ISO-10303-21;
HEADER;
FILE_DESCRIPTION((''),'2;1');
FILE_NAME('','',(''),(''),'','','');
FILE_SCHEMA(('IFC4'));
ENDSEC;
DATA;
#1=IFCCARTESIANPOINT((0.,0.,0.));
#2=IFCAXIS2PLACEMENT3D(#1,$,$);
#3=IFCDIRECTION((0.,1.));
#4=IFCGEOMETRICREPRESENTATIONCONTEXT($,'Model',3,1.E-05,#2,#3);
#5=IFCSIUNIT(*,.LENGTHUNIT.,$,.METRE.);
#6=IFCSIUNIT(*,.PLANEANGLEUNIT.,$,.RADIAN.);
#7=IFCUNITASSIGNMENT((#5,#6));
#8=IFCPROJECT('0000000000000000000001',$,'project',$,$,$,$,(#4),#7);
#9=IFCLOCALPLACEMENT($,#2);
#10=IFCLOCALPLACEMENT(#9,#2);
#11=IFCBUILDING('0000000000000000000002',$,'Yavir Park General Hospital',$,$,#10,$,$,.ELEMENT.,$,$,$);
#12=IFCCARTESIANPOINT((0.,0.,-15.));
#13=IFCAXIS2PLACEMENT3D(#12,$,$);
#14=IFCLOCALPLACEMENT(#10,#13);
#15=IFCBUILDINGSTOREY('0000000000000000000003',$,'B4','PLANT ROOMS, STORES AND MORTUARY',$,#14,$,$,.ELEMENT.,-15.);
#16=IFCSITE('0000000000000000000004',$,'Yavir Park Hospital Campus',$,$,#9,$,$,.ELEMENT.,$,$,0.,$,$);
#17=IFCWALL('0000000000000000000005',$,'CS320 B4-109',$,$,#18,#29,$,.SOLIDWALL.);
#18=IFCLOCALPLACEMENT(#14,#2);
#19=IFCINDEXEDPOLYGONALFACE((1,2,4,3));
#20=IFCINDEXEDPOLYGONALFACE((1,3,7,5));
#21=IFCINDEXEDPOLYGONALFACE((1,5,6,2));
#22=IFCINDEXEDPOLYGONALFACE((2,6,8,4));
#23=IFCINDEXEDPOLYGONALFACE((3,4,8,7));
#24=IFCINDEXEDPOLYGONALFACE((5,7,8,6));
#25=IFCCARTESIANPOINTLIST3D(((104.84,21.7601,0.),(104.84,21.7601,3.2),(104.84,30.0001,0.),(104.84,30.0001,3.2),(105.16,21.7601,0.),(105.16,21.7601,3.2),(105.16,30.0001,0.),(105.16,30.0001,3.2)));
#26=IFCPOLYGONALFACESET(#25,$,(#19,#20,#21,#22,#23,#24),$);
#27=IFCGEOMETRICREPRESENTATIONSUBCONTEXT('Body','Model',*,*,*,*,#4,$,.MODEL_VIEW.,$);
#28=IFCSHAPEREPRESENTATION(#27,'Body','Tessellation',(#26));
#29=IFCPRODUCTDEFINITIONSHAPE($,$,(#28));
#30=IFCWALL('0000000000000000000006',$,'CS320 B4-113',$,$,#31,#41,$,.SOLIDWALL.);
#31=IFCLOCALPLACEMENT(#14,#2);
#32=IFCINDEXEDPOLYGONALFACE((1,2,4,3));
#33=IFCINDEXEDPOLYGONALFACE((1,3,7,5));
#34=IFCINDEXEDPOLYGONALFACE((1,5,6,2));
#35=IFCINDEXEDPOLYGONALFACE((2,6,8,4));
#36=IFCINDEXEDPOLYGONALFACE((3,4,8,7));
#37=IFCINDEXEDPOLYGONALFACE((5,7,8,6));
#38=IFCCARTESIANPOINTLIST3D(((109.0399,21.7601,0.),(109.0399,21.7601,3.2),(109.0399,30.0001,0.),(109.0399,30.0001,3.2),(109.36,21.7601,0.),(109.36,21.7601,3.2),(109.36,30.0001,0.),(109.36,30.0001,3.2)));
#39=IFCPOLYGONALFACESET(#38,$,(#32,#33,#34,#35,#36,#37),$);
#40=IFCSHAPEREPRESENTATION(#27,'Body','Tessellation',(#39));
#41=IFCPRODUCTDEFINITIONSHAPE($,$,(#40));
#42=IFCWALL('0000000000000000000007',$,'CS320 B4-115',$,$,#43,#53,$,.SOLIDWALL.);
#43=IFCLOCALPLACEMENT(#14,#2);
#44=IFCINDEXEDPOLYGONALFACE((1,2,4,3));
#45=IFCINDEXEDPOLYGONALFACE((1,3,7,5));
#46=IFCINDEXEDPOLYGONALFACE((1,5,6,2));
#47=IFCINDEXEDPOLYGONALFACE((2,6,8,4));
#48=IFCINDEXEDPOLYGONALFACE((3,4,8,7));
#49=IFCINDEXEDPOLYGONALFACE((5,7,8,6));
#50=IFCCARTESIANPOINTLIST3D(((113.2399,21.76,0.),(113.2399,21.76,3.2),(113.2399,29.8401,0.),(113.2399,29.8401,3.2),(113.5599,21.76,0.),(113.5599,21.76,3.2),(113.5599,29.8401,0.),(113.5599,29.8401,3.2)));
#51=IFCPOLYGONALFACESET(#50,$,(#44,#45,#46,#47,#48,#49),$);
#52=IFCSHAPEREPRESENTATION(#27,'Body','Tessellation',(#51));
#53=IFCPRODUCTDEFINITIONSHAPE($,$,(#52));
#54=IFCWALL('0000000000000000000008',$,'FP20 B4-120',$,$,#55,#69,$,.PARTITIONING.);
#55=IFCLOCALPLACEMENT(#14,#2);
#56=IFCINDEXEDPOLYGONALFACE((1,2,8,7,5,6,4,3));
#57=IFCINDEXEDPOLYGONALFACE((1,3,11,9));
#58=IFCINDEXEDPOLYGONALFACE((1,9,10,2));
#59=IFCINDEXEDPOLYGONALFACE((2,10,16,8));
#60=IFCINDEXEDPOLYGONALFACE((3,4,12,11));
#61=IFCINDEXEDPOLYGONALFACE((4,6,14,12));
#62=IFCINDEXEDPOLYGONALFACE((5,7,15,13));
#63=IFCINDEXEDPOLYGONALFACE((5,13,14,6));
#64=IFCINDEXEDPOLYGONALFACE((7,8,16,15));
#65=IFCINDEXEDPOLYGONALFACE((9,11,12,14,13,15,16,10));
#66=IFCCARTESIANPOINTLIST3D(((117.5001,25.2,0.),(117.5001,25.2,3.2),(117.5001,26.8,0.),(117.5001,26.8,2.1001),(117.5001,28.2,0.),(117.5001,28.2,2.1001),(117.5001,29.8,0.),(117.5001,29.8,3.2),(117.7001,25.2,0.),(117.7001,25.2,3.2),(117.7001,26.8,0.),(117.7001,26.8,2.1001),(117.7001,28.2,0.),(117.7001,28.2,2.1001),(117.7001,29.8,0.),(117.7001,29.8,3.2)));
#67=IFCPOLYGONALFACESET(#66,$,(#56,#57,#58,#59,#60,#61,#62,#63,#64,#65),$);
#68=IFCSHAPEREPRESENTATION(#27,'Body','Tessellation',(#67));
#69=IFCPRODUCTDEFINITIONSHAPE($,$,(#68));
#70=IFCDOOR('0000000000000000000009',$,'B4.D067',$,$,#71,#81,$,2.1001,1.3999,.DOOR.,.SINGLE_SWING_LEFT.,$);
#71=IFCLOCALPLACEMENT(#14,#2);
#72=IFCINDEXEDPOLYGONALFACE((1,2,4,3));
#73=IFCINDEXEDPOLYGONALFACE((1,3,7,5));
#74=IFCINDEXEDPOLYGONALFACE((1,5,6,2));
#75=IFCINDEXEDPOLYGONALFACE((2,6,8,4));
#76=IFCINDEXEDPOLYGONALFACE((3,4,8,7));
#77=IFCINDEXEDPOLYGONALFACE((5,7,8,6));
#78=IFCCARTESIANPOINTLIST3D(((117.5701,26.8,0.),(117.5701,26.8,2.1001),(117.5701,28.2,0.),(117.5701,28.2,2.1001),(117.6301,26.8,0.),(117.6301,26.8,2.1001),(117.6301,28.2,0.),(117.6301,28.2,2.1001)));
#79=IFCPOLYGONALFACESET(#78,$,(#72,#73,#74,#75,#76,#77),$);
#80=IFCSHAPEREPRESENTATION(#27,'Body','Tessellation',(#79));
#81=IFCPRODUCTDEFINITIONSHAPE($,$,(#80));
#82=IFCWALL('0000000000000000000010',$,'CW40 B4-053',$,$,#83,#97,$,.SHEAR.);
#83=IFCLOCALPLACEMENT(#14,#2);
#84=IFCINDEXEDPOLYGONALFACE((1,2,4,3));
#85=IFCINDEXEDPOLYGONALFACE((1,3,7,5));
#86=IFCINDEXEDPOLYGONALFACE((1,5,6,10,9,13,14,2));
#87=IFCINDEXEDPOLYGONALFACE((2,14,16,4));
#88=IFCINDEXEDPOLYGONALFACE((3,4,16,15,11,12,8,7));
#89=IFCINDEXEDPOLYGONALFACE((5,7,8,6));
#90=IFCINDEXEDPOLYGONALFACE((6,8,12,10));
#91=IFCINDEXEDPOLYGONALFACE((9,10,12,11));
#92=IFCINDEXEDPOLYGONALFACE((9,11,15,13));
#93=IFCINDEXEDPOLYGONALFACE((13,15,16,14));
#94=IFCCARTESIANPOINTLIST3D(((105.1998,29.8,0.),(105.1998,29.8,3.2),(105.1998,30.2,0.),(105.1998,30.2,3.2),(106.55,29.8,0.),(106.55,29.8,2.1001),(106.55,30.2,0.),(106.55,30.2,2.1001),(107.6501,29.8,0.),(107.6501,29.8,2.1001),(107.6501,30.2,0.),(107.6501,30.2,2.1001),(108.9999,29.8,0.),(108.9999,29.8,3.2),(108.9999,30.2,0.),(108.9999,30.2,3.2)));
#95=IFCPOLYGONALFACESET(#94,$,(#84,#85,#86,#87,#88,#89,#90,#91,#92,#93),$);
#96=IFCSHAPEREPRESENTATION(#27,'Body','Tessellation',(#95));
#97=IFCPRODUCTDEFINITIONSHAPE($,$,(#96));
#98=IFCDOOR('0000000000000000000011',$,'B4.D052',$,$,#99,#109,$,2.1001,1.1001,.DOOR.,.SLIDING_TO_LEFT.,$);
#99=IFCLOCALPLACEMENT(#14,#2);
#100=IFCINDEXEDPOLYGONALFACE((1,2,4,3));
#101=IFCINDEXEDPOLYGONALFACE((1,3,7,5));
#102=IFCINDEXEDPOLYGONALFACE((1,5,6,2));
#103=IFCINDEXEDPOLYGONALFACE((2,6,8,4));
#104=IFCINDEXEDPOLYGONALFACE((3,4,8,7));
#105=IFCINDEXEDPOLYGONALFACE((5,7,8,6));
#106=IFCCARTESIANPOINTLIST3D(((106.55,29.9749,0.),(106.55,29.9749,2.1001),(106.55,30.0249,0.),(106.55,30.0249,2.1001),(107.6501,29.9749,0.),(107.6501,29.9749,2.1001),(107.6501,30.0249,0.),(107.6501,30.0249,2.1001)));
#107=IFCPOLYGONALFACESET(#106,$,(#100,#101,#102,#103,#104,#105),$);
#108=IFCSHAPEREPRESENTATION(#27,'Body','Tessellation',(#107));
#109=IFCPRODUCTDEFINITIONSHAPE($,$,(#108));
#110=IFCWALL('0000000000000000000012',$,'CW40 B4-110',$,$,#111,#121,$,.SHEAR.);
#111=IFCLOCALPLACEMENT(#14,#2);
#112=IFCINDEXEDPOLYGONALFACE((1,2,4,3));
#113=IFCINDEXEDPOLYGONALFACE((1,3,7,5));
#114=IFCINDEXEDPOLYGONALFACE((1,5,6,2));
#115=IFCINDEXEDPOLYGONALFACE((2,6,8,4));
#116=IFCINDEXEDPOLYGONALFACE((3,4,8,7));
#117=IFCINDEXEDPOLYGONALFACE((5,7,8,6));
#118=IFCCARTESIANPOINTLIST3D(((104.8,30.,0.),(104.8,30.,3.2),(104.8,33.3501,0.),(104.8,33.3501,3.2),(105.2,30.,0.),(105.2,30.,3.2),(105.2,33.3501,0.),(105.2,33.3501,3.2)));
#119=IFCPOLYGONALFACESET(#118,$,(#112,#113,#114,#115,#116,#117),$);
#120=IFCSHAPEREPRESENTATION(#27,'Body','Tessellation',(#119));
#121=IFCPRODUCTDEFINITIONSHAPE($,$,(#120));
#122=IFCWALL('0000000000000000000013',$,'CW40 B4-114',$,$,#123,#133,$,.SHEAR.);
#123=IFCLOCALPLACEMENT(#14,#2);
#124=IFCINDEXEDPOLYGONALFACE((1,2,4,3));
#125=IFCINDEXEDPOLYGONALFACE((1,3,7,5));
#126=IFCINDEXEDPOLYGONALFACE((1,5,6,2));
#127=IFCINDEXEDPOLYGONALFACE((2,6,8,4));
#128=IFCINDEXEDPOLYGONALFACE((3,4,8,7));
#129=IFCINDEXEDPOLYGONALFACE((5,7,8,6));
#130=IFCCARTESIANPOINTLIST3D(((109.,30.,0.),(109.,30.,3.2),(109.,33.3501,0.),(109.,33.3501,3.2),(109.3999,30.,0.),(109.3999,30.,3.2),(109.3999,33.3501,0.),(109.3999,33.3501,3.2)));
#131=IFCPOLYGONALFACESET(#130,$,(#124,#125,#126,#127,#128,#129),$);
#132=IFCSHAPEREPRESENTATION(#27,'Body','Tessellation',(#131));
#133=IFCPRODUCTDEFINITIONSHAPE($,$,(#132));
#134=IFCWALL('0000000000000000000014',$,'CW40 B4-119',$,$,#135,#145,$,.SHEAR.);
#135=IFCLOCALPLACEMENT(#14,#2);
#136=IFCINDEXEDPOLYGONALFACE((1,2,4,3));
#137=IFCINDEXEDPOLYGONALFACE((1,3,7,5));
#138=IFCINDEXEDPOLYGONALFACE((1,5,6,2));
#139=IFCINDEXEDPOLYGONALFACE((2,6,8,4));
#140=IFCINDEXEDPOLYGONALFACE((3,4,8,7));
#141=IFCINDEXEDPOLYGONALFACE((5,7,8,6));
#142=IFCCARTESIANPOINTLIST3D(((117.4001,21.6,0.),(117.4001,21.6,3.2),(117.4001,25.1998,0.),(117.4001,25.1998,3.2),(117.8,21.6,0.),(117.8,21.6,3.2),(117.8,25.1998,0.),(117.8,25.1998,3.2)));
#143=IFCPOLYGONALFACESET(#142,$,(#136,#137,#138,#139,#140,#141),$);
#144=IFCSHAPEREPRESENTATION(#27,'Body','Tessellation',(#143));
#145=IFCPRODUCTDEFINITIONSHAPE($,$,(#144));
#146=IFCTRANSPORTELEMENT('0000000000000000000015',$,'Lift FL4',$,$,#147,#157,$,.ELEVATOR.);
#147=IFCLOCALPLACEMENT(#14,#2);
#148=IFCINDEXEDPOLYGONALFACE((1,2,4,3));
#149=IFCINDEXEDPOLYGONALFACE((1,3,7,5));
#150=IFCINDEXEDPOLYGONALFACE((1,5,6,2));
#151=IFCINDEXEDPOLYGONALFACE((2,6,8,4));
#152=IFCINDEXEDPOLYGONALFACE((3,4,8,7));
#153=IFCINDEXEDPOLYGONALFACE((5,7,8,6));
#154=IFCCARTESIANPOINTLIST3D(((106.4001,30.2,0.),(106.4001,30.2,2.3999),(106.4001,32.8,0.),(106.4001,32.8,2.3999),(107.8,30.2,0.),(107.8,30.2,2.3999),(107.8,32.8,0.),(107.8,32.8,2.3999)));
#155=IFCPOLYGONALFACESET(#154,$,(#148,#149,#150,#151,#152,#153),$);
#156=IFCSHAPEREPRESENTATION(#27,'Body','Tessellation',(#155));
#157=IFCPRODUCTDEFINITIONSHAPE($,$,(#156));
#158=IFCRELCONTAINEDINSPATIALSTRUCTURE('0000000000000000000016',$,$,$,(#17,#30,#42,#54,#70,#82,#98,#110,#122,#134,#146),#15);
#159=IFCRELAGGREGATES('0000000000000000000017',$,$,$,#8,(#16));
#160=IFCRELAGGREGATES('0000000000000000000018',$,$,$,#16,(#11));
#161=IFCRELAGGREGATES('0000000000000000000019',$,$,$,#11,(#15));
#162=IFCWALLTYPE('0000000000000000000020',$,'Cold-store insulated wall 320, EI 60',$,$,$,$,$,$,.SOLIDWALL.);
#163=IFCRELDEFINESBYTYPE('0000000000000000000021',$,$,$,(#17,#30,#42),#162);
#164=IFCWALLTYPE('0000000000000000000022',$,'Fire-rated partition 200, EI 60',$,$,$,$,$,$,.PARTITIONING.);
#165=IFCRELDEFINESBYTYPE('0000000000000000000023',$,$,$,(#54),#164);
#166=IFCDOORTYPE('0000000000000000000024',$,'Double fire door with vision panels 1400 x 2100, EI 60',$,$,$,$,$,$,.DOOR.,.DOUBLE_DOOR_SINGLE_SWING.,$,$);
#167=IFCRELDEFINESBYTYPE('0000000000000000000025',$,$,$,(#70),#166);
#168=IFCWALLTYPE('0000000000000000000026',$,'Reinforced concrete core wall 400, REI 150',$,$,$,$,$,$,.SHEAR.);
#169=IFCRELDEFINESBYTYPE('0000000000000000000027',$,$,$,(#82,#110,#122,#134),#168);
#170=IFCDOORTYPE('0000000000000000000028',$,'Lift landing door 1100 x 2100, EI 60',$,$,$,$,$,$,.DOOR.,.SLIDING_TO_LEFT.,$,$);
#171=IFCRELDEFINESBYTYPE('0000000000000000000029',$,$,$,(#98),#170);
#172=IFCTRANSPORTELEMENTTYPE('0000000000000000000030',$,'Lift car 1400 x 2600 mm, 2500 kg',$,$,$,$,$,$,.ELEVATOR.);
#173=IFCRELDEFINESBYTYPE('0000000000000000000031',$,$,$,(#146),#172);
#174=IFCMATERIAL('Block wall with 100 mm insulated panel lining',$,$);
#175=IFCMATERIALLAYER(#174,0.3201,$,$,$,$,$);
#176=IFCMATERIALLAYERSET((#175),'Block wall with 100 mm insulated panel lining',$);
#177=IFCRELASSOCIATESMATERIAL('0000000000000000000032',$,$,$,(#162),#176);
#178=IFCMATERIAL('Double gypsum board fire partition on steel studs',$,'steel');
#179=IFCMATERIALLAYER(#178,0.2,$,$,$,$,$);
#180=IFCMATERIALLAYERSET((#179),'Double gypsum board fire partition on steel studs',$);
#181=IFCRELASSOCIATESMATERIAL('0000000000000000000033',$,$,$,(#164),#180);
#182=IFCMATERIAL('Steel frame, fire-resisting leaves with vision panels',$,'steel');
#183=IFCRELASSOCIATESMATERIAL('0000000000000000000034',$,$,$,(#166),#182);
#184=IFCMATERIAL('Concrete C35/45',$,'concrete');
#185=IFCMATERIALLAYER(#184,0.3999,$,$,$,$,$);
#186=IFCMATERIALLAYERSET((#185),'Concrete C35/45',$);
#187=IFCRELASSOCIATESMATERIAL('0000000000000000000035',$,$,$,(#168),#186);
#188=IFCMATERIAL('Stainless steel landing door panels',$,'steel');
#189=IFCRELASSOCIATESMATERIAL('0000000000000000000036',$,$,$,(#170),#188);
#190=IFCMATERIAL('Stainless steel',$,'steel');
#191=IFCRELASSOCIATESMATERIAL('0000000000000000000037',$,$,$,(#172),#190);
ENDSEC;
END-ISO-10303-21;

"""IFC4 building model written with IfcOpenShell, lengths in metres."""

from ifc_helpers import new_model, si_unit, direction, frame, frame_2d, origin, origin_2d, place, context, subcontext, project, spatial, rectangle, extrude, material, layer, layer_set, type_object, element, fill, save


model = new_model("IFC4")

# Units and contexts
model_context = context("Model", 3, precision=1e-05, world=origin(), true_north=direction((0.0, 1.0)))
body_context = subcontext(model_context, "Body", "Model", "MODEL_VIEW")
ifc_project = project(units=[si_unit("LENGTHUNIT", "METRE"), si_unit("PLANEANGLEUNIT", "RADIAN")], contexts=[model_context])

# Site, building, storey
site_placement = place(None, origin())
site = spatial("IfcSite", under=ifc_project, at=site_placement, Name="Yavir Park Hospital Campus", CompositionType="ELEMENT", RefElevation=0.0)
building_placement = place(site_placement, origin())
building = spatial("IfcBuilding", under=site, at=building_placement, Name="Yavir Park General Hospital", CompositionType="ELEMENT")
storey_placement = place(building_placement, frame((0.0, 0.0, -15.0)))
storey = spatial("IfcBuildingStorey", under=building, at=storey_placement, Name="B4", Description="PLANT ROOMS, STORES AND MORTUARY", CompositionType="ELEMENT", Elevation=-15.0)

# Shared definitions
ifc_material_1 = material(Name="Block wall with 100 mm insulated panel lining")
ifc_layer_1 = layer(ifc_material_1, 0.3201)
ifc_layer_set_1 = layer_set([ifc_layer_1], Name="Block wall with 100 mm insulated panel lining")
wall_type_1 = type_object("IfcWallType", Name="Cold-store insulated wall 320, EI 60", PredefinedType="SOLIDWALL", material=ifc_layer_set_1)

# Walls
for number, where, z_axis, x_axis, name in (
    (1, (105.0, 21.76, 0.0), (0.0, 0.0, 1.0), (0.0, 1.0, 0.0), "CS320 B4-109"),
    (2, (109.2, 21.76, 0.0), (0.0, 0.0, 1.0), (0.0, 1.0, 0.0), "CS320 B4-113"),
):
    element("IfcWall", number, at=place(storey_placement, frame(where, z_axis=z_axis, x_axis=x_axis)), inside=storey, type_object=wall_type_1, Name=name, PredefinedType="SOLIDWALL", context=body_context, shape_type="SweptSolid", body=[
        extrude(rectangle(XDim=8.24, YDim=0.3201, at=frame_2d((4.1201, 0.0))), origin(), (0.0, 0.0, 1.0), 3.2),
    ])
wall_1_placement = place(storey_placement, frame((113.3999, 21.76, 0.0), z_axis=(0.0, 0.0, 1.0), x_axis=(0.0, 1.0, 0.0)))
element("IfcWall", 3, at=wall_1_placement, inside=storey, type_object=wall_type_1, Name="CS320 B4-115", PredefinedType="SOLIDWALL", context=body_context, shape_type="SweptSolid", body=[
    extrude(rectangle(XDim=8.0801, YDim=0.3201, at=frame_2d((4.04, 0.0))), origin(), (0.0, 0.0, 1.0), 3.2),
])

# Walls, openings, doors
ifc_material_2 = material(Name="Double gypsum board fire partition on steel studs", Category="steel")
ifc_layer_2 = layer(ifc_material_2, 0.2)
ifc_layer_set_2 = layer_set([ifc_layer_2], Name="Double gypsum board fire partition on steel studs")
wall_type_2 = type_object("IfcWallType", Name="Fire-rated partition 200, EI 60", PredefinedType="PARTITIONING", material=ifc_layer_set_2)
wall_2_placement = place(storey_placement, frame((117.6001, 25.2, 0.0), z_axis=(0.0, 0.0, 1.0), x_axis=(0.0, 1.0, 0.0)))
wall_2 = element("IfcWall", 4, at=wall_2_placement, inside=storey, type_object=wall_type_2, Name="FP20 B4-120", PredefinedType="PARTITIONING", context=body_context, shape_type="SweptSolid", body=[
    extrude(rectangle(XDim=4.6001, YDim=0.2, at=frame_2d((2.3, 0.0))), origin(), (0.0, 0.0, 1.0), 3.2),
])
opening_1_placement = place(wall_2_placement, frame((1.6001, 0.0, 0.0)))
opening_1 = element("IfcOpeningElement", 5, at=opening_1_placement, cuts=wall_2, PredefinedType="OPENING", context=body_context, shape_type="SweptSolid", body=[
    extrude(rectangle(XDim=1.3999, YDim=2.1001, at=frame_2d((0.7, 1.05))), frame((0.0, 0.1099, 0.0), z_axis=(0.0, -1.0, 0.0), x_axis=(1.0, 0.0, 0.0)), (0.0, 0.0, 1.0), 0.22),
])
ifc_material_3 = material(Name="Steel frame, fire-resisting leaves with vision panels", Category="steel")
door_type_1 = type_object("IfcDoorType", Name="Double fire door with vision panels 1400 x 2100, EI 60", OperationType="DOUBLE_DOOR_SINGLE_SWING", PredefinedType="DOOR", material=ifc_material_3)
door_1_placement = place(opening_1_placement, origin())
door_1 = element("IfcDoor", 6, at=door_1_placement, inside=storey, type_object=door_type_1, Name="B4.D067", OperationType="SINGLE_SWING_LEFT", OverallHeight=2.1001, OverallWidth=1.3999, PredefinedType="DOOR", context=body_context, shape_type="SweptSolid", body=[
    extrude(rectangle(XDim=1.3999, YDim=2.1001, at=frame_2d((0.7, 1.05))), frame((0.0, 0.03, 0.0), z_axis=(0.0, -1.0, 0.0), x_axis=(1.0, 0.0, 0.0)), (0.0, 0.0, 1.0), 0.0601),
])
fill(opening_1, door_1)
ifc_material_4 = material(Name="Concrete C35/45", Category="concrete")
ifc_layer_3 = layer(ifc_material_4, 0.3999)
ifc_layer_set_3 = layer_set([ifc_layer_3], Name="Concrete C35/45")
wall_type_3 = type_object("IfcWallType", Name="Reinforced concrete core wall 400, REI 150", PredefinedType="SHEAR", material=ifc_layer_set_3)
wall_3_placement = place(storey_placement, frame((105.2, 30.0, 0.0), z_axis=(0.0, 0.0, 1.0), x_axis=(1.0, 0.0, 0.0)))
wall_3 = element("IfcWall", 7, at=wall_3_placement, inside=storey, type_object=wall_type_3, Name="CW40 B4-053", PredefinedType="SHEAR", context=body_context, shape_type="SweptSolid", body=[
    extrude(rectangle(XDim=3.8, YDim=0.3999, at=frame_2d((1.8999, 0.0))), origin(), (0.0, 0.0, 1.0), 3.2),
])
opening_2_placement = place(wall_3_placement, frame((1.3501, 0.0, 0.0)))
opening_2 = element("IfcOpeningElement", 8, at=opening_2_placement, cuts=wall_3, PredefinedType="OPENING", context=body_context, shape_type="SweptSolid", body=[
    extrude(rectangle(XDim=1.1001, YDim=2.1001, at=frame_2d((0.55, 1.05))), frame((0.0, 0.21, 0.0), z_axis=(0.0, -1.0, 0.0), x_axis=(1.0, 0.0, 0.0)), (0.0, 0.0, 1.0), 0.4199),
])
ifc_material_5 = material(Name="Stainless steel landing door panels", Category="steel")
door_type_2 = type_object("IfcDoorType", Name="Lift landing door 1100 x 2100, EI 60", OperationType="SLIDING_TO_LEFT", PredefinedType="DOOR", material=ifc_material_5)
door_2_placement = place(opening_2_placement, origin())
door_2 = element("IfcDoor", 9, at=door_2_placement, inside=storey, type_object=door_type_2, Name="B4.D052", OperationType="SLIDING_TO_LEFT", OverallHeight=2.1001, OverallWidth=1.1001, PredefinedType="DOOR", context=body_context, shape_type="SweptSolid", body=[
    extrude(rectangle(XDim=1.1001, YDim=2.1001, at=frame_2d((0.55, 1.05))), frame((0.0, 0.0249, 0.0), z_axis=(0.0, -1.0, 0.0), x_axis=(1.0, 0.0, 0.0)), (0.0, 0.0, 1.0), 0.05),
])
fill(opening_2, door_2)

# Walls
for number, where, z_axis, x_axis, name in (
    (10, (105.0, 30.0, 0.0), (0.0, 0.0, 1.0), (0.0, 1.0, 0.0), "CW40 B4-110"),
    (11, (109.2, 30.0, 0.0), (0.0, 0.0, 1.0), (0.0, 1.0, 0.0), "CW40 B4-114"),
):
    element("IfcWall", number, at=place(storey_placement, frame(where, z_axis=z_axis, x_axis=x_axis)), inside=storey, type_object=wall_type_3, Name=name, PredefinedType="SHEAR", context=body_context, shape_type="SweptSolid", body=[
        extrude(rectangle(XDim=3.3501, YDim=0.3999, at=frame_2d((1.675, 0.0))), origin(), (0.0, 0.0, 1.0), 3.2),
    ])
wall_4_placement = place(storey_placement, frame((117.6001, 21.6001, 0.0), z_axis=(0.0, 0.0, 1.0), x_axis=(0.0, 1.0, 0.0)))
element("IfcWall", 12, at=wall_4_placement, inside=storey, type_object=wall_type_3, Name="CW40 B4-119", PredefinedType="SHEAR", context=body_context, shape_type="SweptSolid", body=[
    extrude(rectangle(XDim=3.5999, YDim=0.3999, at=frame_2d((1.7998, 0.0))), origin(), (0.0, 0.0, 1.0), 3.2),
])

# Transport element
ifc_material_6 = material(Name="Stainless steel", Category="steel")
transport_element_type = type_object("IfcTransportElementType", Name="Lift car 1400 x 2600 mm, 2500 kg", PredefinedType="ELEVATOR", material=ifc_material_6)
transport_element_placement = place(storey_placement, frame((107.1001, 31.5, 0.0), z_axis=(0.0, 0.0, 1.0), x_axis=(1.0, 0.0, 0.0)))
element("IfcTransportElement", 13, at=transport_element_placement, inside=storey, type_object=transport_element_type, Name="Lift FL4", PredefinedType="ELEVATOR", context=body_context, shape_type="SweptSolid", body=[
    extrude(rectangle(XDim=1.3999, YDim=2.6001, at=origin_2d()), origin(), (0.0, 0.0, 1.0), 2.3999),
])

save(model, "model.ifc")
